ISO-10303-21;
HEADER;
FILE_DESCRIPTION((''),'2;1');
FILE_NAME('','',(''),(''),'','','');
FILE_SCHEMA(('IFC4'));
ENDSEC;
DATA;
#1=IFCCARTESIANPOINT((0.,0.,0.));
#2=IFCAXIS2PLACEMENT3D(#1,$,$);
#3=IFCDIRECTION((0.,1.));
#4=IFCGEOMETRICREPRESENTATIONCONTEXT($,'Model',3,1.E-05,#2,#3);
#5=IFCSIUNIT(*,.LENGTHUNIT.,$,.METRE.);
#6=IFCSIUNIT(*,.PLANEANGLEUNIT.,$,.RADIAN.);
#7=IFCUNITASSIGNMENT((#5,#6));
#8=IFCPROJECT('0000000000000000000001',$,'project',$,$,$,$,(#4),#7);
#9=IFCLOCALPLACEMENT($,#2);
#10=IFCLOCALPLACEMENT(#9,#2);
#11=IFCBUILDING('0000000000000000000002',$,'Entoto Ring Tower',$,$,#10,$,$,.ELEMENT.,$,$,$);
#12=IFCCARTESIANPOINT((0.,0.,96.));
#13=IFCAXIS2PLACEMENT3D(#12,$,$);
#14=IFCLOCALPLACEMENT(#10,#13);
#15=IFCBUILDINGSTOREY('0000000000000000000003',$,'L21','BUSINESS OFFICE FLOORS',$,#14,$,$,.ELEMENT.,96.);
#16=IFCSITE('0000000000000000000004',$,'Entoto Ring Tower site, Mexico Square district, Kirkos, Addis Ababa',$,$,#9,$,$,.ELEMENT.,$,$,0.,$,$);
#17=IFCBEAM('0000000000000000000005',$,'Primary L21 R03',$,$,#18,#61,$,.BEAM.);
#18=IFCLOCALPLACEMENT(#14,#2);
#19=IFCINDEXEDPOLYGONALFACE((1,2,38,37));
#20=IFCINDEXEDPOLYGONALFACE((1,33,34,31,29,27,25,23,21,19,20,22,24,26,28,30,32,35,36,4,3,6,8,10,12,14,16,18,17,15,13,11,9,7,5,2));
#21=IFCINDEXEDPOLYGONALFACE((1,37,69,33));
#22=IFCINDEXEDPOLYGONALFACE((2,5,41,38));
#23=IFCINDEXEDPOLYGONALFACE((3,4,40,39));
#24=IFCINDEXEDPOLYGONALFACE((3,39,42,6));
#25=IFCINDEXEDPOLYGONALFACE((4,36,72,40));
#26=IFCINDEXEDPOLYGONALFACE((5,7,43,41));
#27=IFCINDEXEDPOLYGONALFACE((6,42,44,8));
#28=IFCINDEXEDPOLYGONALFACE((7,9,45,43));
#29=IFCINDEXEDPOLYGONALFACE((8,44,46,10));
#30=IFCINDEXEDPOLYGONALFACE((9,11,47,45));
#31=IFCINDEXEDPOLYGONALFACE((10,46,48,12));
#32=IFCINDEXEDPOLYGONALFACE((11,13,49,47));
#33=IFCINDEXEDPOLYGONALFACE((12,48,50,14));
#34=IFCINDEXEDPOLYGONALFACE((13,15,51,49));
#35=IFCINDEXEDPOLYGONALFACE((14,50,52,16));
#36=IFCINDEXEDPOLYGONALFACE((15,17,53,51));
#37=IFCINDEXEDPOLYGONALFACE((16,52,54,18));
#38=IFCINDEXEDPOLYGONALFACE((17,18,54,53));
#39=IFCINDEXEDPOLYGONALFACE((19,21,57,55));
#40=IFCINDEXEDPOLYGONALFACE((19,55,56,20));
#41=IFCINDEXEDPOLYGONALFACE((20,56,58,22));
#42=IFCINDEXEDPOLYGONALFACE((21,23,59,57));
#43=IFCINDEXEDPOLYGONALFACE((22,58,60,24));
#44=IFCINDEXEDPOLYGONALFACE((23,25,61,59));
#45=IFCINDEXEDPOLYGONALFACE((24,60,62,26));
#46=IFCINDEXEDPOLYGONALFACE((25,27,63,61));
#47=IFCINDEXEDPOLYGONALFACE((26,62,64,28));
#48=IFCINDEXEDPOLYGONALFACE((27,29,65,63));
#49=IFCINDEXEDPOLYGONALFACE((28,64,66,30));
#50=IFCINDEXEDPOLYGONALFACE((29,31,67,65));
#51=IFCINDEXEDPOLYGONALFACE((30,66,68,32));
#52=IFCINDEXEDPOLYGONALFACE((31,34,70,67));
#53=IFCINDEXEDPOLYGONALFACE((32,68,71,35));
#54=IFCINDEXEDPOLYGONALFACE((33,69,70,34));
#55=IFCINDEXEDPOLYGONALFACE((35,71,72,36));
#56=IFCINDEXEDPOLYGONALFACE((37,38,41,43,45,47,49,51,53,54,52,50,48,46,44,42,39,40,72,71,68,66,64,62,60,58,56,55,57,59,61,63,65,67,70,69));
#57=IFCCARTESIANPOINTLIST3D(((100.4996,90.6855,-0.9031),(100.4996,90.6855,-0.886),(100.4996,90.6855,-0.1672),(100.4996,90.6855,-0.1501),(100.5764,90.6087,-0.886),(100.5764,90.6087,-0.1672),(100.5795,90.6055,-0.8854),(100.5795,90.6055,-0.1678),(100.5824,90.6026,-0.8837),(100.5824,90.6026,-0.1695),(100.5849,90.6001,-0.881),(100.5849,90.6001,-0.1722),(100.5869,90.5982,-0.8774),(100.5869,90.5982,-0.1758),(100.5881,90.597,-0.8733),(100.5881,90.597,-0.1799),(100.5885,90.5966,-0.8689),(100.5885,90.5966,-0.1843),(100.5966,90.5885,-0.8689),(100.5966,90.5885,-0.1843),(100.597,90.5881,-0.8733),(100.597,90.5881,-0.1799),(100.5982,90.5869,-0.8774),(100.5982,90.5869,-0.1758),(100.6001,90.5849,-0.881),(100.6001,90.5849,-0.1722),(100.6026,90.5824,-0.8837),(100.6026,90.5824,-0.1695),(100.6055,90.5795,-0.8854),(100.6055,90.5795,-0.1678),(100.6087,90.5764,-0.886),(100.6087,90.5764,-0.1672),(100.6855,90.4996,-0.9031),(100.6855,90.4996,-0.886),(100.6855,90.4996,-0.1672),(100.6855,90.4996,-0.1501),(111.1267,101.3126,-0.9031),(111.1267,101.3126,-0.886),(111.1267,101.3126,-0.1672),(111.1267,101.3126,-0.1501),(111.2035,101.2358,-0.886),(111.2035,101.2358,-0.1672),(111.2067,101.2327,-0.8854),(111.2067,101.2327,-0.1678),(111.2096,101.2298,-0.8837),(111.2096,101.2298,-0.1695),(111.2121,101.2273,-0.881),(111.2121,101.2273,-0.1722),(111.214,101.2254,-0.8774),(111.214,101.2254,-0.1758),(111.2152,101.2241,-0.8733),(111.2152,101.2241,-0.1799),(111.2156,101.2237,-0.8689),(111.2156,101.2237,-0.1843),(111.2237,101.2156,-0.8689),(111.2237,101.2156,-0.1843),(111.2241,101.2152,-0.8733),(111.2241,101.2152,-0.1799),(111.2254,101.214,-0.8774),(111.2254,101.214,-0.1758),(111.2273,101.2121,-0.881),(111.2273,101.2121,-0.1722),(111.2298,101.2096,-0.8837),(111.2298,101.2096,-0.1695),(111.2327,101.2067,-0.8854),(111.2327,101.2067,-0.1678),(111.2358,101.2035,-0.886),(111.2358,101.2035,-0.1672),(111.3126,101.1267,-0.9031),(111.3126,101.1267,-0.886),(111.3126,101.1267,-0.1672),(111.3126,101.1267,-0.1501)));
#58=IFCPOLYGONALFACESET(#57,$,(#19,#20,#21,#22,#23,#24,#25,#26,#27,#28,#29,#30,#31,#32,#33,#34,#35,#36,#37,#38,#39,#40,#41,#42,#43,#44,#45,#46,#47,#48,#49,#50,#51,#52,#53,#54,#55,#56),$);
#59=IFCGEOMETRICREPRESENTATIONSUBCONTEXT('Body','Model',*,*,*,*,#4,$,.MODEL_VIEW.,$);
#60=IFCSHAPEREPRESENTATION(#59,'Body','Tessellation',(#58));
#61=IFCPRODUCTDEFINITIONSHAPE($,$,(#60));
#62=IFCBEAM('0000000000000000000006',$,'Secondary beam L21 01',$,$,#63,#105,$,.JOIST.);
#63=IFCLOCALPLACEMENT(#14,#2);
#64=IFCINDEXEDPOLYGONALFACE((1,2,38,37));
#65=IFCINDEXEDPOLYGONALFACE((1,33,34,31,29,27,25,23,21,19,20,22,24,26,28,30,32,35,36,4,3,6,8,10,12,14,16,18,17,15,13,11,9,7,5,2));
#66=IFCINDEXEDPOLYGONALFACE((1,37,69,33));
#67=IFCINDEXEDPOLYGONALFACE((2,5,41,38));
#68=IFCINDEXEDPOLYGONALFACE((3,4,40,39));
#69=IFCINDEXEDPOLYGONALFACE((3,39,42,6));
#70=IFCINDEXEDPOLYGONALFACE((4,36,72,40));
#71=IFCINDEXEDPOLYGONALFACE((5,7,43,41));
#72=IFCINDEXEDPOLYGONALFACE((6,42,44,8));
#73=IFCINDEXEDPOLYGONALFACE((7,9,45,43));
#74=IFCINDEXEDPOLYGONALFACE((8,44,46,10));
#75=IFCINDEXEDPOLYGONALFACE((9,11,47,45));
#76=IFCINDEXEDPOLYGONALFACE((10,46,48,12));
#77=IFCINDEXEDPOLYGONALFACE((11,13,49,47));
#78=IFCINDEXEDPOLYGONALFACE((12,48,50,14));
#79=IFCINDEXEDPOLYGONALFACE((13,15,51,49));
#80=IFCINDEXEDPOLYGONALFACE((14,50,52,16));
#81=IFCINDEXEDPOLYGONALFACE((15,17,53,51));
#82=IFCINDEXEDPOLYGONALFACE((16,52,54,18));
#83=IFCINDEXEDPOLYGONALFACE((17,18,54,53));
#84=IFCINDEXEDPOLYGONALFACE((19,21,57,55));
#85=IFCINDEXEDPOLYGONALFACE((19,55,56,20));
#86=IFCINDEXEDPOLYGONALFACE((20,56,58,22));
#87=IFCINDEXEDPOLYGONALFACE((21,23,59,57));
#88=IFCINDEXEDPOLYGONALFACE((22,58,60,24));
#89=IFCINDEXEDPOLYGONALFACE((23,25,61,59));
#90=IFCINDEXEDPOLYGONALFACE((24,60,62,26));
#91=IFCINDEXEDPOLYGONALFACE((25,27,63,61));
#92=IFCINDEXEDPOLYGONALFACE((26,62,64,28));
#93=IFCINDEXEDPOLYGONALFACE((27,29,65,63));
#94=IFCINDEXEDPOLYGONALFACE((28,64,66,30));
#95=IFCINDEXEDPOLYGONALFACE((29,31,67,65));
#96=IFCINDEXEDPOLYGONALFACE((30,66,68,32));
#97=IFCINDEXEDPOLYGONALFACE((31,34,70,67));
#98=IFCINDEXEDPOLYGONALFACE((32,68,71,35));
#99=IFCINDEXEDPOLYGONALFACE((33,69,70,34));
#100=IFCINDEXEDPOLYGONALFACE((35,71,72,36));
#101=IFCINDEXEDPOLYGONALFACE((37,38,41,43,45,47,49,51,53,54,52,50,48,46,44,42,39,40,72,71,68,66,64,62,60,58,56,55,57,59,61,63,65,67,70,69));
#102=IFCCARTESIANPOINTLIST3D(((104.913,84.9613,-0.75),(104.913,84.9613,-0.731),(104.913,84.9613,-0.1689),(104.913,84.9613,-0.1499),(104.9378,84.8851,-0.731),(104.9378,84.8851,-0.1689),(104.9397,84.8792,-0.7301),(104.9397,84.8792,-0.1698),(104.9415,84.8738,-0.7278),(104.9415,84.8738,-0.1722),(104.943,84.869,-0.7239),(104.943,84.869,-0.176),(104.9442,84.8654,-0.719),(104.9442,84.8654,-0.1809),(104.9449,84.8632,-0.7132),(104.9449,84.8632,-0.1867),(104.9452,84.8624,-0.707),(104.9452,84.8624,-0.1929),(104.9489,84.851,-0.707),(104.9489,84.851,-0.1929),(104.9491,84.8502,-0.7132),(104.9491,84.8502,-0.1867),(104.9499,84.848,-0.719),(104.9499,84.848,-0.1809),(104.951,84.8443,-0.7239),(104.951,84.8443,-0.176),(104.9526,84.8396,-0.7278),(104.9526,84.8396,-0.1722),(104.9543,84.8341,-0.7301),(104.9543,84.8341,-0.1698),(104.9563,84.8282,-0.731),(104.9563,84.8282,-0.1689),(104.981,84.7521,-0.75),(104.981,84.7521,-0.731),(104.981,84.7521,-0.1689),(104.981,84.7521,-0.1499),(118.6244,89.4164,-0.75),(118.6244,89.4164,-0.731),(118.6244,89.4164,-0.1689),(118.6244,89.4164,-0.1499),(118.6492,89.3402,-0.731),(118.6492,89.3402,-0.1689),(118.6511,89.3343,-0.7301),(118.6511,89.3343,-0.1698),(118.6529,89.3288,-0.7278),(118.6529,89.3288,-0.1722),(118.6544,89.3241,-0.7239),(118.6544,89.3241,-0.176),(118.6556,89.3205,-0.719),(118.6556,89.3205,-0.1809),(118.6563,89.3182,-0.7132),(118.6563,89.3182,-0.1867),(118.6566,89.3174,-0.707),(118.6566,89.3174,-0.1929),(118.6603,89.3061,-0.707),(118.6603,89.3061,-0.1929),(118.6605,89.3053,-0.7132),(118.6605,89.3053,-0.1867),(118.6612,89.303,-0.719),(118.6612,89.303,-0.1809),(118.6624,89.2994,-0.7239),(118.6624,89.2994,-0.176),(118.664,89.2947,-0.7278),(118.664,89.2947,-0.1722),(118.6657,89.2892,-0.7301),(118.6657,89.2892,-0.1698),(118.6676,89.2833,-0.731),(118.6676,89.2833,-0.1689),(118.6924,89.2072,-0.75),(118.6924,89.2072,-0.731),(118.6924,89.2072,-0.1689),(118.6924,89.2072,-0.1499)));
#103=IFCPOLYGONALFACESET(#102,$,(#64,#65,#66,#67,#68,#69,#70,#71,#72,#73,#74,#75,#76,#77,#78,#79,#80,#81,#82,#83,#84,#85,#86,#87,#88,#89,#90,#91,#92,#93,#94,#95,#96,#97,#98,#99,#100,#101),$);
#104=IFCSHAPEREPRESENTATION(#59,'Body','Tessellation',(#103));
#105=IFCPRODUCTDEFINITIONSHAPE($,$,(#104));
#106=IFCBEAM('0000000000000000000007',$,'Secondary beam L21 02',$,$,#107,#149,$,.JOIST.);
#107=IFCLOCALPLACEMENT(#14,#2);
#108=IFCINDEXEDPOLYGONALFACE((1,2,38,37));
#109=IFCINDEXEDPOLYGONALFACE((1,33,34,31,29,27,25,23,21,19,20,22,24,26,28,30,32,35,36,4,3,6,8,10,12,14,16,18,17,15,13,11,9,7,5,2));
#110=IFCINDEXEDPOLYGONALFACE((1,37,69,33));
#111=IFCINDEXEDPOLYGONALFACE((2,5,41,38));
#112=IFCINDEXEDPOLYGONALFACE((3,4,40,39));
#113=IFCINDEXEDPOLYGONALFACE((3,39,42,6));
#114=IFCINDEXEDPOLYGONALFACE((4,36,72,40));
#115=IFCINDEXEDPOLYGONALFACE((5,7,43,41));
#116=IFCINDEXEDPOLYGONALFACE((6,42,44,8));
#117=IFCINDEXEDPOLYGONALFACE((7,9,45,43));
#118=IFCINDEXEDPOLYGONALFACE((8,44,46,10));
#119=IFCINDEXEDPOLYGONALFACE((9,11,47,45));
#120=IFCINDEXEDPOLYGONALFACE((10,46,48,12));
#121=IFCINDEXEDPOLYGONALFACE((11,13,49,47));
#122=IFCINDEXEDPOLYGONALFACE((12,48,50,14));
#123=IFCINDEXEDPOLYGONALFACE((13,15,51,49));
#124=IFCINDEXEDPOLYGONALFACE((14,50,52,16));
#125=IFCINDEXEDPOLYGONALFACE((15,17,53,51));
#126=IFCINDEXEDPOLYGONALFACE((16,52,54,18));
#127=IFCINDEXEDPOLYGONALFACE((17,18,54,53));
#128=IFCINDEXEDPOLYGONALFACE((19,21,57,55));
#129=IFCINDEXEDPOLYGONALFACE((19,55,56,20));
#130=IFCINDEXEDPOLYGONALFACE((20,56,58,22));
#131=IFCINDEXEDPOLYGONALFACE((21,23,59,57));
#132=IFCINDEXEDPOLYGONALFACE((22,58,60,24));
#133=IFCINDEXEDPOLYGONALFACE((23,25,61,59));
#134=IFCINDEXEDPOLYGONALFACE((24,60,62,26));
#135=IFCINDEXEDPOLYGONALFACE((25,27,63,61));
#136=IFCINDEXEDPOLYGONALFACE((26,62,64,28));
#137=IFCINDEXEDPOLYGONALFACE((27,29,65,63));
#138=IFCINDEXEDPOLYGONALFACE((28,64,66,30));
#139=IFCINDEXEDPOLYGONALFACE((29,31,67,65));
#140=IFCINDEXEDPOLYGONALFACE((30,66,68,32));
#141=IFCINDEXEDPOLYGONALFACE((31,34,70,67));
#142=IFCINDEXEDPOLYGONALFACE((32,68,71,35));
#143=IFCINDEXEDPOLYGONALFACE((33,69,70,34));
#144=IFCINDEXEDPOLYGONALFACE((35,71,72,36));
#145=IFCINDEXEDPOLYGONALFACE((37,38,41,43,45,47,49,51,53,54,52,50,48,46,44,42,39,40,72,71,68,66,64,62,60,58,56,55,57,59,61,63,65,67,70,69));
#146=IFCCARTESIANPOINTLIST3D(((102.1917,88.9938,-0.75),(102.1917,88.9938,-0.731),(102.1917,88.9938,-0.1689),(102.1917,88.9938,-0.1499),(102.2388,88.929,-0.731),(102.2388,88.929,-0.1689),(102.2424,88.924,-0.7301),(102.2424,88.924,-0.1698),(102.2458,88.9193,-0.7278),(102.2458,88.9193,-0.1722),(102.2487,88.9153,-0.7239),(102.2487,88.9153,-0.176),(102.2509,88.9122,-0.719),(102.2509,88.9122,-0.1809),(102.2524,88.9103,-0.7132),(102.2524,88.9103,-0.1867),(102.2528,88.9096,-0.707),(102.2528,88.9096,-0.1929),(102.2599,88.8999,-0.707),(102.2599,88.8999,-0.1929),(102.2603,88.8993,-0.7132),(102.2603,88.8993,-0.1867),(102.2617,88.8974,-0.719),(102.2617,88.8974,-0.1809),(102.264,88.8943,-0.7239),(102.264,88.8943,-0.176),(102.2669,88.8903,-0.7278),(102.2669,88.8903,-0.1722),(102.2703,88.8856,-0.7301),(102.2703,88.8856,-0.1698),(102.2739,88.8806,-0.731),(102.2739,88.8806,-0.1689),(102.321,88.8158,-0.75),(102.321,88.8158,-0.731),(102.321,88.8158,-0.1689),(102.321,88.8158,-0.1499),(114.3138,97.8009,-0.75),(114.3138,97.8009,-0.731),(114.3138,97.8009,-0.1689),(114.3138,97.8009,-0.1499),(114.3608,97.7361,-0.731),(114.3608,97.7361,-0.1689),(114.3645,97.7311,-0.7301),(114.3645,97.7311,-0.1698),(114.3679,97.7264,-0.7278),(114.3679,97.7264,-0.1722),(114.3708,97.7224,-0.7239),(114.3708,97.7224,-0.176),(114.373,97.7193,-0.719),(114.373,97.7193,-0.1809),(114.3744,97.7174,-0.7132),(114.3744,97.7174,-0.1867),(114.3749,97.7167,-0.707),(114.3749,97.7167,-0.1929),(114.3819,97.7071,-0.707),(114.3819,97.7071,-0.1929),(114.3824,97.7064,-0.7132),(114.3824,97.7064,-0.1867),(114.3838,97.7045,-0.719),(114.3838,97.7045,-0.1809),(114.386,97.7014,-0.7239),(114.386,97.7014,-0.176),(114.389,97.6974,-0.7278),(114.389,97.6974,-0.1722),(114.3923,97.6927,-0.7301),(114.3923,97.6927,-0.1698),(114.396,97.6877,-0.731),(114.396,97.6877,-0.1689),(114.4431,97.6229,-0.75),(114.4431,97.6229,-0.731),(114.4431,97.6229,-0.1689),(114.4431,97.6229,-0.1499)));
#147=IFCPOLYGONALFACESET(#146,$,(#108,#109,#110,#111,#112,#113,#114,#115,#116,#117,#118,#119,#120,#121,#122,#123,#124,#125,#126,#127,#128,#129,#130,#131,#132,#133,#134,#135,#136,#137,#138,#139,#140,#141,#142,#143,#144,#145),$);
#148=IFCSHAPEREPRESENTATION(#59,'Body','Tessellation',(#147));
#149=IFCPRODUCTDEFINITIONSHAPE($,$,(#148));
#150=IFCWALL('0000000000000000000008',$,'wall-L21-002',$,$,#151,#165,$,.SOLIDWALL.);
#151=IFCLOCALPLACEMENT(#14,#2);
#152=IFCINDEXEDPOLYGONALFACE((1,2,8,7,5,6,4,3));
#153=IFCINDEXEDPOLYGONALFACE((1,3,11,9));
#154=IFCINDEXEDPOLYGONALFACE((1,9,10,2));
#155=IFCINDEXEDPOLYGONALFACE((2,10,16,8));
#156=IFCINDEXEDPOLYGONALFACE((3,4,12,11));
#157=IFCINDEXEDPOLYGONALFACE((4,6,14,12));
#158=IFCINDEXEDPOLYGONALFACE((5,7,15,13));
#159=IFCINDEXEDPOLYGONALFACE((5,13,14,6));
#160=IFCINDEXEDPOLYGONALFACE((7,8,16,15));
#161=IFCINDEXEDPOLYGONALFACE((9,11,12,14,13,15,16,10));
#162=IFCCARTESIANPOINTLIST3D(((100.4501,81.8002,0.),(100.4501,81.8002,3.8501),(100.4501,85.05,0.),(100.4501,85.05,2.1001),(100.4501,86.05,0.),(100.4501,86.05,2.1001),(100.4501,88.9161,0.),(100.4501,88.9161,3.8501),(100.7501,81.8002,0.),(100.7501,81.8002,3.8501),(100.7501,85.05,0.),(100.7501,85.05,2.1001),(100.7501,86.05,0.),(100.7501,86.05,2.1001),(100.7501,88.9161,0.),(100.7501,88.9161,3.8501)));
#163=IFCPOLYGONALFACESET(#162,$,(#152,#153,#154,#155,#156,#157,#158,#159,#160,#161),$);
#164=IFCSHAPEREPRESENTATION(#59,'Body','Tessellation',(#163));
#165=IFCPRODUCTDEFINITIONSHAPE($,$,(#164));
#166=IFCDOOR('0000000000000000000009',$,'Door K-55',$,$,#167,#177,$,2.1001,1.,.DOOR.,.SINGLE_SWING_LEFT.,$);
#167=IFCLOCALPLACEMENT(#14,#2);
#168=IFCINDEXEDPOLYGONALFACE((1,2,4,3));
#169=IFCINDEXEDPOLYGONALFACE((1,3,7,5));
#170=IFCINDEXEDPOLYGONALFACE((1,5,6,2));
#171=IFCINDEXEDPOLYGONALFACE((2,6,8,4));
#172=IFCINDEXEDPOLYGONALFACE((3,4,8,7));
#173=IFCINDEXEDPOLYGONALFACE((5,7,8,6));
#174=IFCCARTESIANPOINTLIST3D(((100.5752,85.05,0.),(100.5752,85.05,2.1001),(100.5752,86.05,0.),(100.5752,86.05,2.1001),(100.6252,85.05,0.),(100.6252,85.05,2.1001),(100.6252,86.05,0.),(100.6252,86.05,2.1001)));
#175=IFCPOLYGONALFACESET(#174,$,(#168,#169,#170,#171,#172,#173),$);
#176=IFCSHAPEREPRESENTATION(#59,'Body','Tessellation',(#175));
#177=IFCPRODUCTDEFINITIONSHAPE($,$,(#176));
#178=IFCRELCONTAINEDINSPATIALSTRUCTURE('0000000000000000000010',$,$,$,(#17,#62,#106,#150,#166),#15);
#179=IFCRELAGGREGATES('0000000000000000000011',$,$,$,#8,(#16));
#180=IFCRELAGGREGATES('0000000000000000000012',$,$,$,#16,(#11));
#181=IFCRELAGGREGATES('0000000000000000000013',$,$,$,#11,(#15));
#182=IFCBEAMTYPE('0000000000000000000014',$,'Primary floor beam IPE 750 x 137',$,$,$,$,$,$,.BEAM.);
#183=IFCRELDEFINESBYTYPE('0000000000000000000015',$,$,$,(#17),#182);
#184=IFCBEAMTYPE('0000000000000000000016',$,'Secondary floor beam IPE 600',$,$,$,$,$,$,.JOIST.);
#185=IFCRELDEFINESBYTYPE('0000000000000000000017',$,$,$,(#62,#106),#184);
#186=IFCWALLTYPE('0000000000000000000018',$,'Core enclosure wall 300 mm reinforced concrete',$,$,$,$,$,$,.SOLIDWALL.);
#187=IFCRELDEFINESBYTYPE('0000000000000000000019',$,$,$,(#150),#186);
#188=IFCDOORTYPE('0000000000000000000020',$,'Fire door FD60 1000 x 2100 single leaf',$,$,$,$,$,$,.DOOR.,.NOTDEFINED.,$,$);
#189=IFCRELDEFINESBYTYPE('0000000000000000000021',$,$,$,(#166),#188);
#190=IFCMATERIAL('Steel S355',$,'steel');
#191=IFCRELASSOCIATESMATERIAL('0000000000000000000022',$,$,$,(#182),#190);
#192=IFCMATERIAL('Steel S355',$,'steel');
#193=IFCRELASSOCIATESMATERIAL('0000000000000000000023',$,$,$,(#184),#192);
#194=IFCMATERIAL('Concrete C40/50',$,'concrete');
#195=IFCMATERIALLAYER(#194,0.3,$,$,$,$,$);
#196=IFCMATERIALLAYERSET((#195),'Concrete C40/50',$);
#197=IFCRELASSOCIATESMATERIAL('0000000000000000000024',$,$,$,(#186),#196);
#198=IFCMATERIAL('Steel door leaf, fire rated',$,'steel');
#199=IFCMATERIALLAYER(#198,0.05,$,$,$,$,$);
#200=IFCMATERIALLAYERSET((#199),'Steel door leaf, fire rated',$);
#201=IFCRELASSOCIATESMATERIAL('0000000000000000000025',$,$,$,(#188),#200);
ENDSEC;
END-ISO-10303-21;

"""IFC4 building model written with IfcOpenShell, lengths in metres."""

from ifc_helpers import new_model, si_unit, direction, frame, frame_2d, origin, origin_2d, place, context, subcontext, project, spatial, rectangle, i_section, extrude, material, layer, layer_set, material_profile, profile_set, type_object, element, fill, save


model = new_model("IFC4")

# Units and contexts
model_context = context("Model", 3, precision=1e-05, world=origin(), true_north=direction((0.0, 1.0)))
body_context = subcontext(model_context, "Body", "Model", "MODEL_VIEW")
ifc_project = project(units=[si_unit("LENGTHUNIT", "METRE"), si_unit("PLANEANGLEUNIT", "RADIAN")], contexts=[model_context])

# Site, building, storey
site_placement = place(None, origin())
site = spatial("IfcSite", under=ifc_project, at=site_placement, Name="Entoto Ring Tower site, Mexico Square district, Kirkos, Addis Ababa", CompositionType="ELEMENT", RefElevation=0.0)
building_placement = place(site_placement, origin())
building = spatial("IfcBuilding", under=site, at=building_placement, Name="Entoto Ring Tower", CompositionType="ELEMENT")
storey_placement = place(building_placement, frame((0.0, 0.0, 96.0)))
storey = spatial("IfcBuildingStorey", under=building, at=storey_placement, Name="L21", Description="BUSINESS OFFICE FLOORS", CompositionType="ELEMENT", Elevation=96.0)

# Beams
ifc_material_1 = material(Name="Steel S355", Category="steel")
ifc_material_profile_1 = material_profile(ifc_material_1, i_section(OverallWidth=0.2629, OverallDepth=0.7529, WebThickness=0.0115, FlangeThickness=0.0171, FilletRadius=0.0171, at=origin_2d()), Name="IPE 750 x 137")
ifc_profile_set_1 = profile_set([ifc_material_profile_1], Name="Steel S355")
beam_type_1 = type_object("IfcBeamType", Name="Primary floor beam IPE 750 x 137", PredefinedType="BEAM", material=ifc_profile_set_1)
beam_1_placement = place(storey_placement, frame((100.5925, 90.5925, -0.5266), z_axis=(0.707107, 0.707107, 0.0), x_axis=(-0.707107, 0.707107, 0.0)))
element("IfcBeam", 1, at=beam_1_placement, inside=storey, type_object=beam_type_1, Name="Primary L21 R03", PredefinedType="BEAM", context=body_context, shape_type="SweptSolid", body=[
    extrude(i_section(OverallWidth=0.2629, OverallDepth=0.7529, WebThickness=0.0115, FlangeThickness=0.0171, FilletRadius=0.0171, at=origin_2d()), origin(), (0.0, 0.0, 1.0), 15.0291),
])
ifc_material_2 = material(Name="Steel S355", Category="steel")
ifc_material_profile_2 = material_profile(ifc_material_2, i_section(OverallWidth=0.22, OverallDepth=0.6001, WebThickness=0.012, FlangeThickness=0.019, FilletRadius=0.0239, at=origin_2d()), Name="IPE 600")
ifc_profile_set_2 = profile_set([ifc_material_profile_2], Name="Steel S355")
beam_type_2 = type_object("IfcBeamType", Name="Secondary floor beam IPE 600", PredefinedType="JOIST", material=ifc_profile_set_2)
beam_2_placement = place(storey_placement, frame((104.947, 84.8567, -0.45), z_axis=(0.951057, 0.309015, 0.0), x_axis=(-0.309015, 0.951057, 0.0)))
element("IfcBeam", 2, at=beam_2_placement, inside=storey, type_object=beam_type_2, Name="Secondary beam L21 01", PredefinedType="JOIST", context=body_context, shape_type="SweptSolid", body=[
    extrude(i_section(OverallWidth=0.22, OverallDepth=0.6001, WebThickness=0.012, FlangeThickness=0.019, FilletRadius=0.0239, at=origin_2d()), origin(), (0.0, 0.0, 1.0), 14.417),
])
beam_3_placement = place(storey_placement, frame((102.2563, 88.9048, -0.45), z_axis=(0.809019, 0.587782, 0.0), x_axis=(-0.587782, 0.809019, 0.0)))
element("IfcBeam", 3, at=beam_3_placement, inside=storey, type_object=beam_type_2, Name="Secondary beam L21 02", PredefinedType="JOIST", context=body_context, shape_type="SweptSolid", body=[
    extrude(i_section(OverallWidth=0.22, OverallDepth=0.6001, WebThickness=0.012, FlangeThickness=0.019, FilletRadius=0.0239, at=origin_2d()), origin(), (0.0, 0.0, 1.0), 14.9836),
])

# Wall, opening, door
ifc_material_3 = material(Name="Concrete C40/50", Category="concrete")
ifc_layer_1 = layer(ifc_material_3, 0.3)
ifc_layer_set_1 = layer_set([ifc_layer_1], Name="Concrete C40/50")
wall_type_1 = type_object("IfcWallType", Name="Core enclosure wall 300 mm reinforced concrete", PredefinedType="SOLIDWALL", material=ifc_layer_set_1)
wall_1_placement = place(storey_placement, frame((100.6001, 81.8, 0.0), z_axis=(0.0, 0.0, 1.0), x_axis=(0.0, 1.0, 0.0)))
wall_1 = element("IfcWall", 4, at=wall_1_placement, inside=storey, type_object=wall_type_1, Name="wall-L21-002", PredefinedType="SOLIDWALL", context=body_context, shape_type="SweptSolid", body=[
    extrude(rectangle(XDim=7.116, YDim=0.3, at=frame_2d((3.5581, 0.0))), origin(), (0.0, 0.0, 1.0), 3.8501),
])
opening_1_placement = place(wall_1_placement, frame((3.25, 0.0, 0.0)))
opening_1 = element("IfcOpeningElement", 5, at=opening_1_placement, cuts=wall_1, PredefinedType="OPENING", context=body_context, shape_type="SweptSolid", body=[
    extrude(rectangle(XDim=1.0, YDim=2.1001, at=frame_2d((0.5, 1.05))), frame((0.0, 0.1602, 0.0), z_axis=(0.0, -1.0, 0.0), x_axis=(1.0, 0.0, 0.0)), (0.0, 0.0, 1.0), 0.3201),
])
ifc_material_4 = material(Name="Steel door leaf, fire rated", Category="steel")
ifc_layer_2 = layer(ifc_material_4, 0.05)
ifc_layer_set_2 = layer_set([ifc_layer_2], Name="Steel door leaf, fire rated")
door_type_1 = type_object("IfcDoorType", Name="Fire door FD60 1000 x 2100 single leaf", OperationType="NOTDEFINED", PredefinedType="DOOR", material=ifc_layer_set_2)
door_1_placement = place(opening_1_placement, origin())
door_1 = element("IfcDoor", 6, at=door_1_placement, inside=storey, type_object=door_type_1, Name="Door K-55", OperationType="SINGLE_SWING_LEFT", OverallHeight=2.1001, OverallWidth=1.0, PredefinedType="DOOR", context=body_context, shape_type="SweptSolid", body=[
    extrude(rectangle(XDim=1.0, YDim=2.1001, at=frame_2d((0.5, 1.05))), frame((0.0, 0.0249, 0.0), z_axis=(0.0, -1.0, 0.0), x_axis=(1.0, 0.0, 0.0)), (0.0, 0.0, 1.0), 0.05),
])
fill(opening_1, door_1)

save(model, "model.ifc")
